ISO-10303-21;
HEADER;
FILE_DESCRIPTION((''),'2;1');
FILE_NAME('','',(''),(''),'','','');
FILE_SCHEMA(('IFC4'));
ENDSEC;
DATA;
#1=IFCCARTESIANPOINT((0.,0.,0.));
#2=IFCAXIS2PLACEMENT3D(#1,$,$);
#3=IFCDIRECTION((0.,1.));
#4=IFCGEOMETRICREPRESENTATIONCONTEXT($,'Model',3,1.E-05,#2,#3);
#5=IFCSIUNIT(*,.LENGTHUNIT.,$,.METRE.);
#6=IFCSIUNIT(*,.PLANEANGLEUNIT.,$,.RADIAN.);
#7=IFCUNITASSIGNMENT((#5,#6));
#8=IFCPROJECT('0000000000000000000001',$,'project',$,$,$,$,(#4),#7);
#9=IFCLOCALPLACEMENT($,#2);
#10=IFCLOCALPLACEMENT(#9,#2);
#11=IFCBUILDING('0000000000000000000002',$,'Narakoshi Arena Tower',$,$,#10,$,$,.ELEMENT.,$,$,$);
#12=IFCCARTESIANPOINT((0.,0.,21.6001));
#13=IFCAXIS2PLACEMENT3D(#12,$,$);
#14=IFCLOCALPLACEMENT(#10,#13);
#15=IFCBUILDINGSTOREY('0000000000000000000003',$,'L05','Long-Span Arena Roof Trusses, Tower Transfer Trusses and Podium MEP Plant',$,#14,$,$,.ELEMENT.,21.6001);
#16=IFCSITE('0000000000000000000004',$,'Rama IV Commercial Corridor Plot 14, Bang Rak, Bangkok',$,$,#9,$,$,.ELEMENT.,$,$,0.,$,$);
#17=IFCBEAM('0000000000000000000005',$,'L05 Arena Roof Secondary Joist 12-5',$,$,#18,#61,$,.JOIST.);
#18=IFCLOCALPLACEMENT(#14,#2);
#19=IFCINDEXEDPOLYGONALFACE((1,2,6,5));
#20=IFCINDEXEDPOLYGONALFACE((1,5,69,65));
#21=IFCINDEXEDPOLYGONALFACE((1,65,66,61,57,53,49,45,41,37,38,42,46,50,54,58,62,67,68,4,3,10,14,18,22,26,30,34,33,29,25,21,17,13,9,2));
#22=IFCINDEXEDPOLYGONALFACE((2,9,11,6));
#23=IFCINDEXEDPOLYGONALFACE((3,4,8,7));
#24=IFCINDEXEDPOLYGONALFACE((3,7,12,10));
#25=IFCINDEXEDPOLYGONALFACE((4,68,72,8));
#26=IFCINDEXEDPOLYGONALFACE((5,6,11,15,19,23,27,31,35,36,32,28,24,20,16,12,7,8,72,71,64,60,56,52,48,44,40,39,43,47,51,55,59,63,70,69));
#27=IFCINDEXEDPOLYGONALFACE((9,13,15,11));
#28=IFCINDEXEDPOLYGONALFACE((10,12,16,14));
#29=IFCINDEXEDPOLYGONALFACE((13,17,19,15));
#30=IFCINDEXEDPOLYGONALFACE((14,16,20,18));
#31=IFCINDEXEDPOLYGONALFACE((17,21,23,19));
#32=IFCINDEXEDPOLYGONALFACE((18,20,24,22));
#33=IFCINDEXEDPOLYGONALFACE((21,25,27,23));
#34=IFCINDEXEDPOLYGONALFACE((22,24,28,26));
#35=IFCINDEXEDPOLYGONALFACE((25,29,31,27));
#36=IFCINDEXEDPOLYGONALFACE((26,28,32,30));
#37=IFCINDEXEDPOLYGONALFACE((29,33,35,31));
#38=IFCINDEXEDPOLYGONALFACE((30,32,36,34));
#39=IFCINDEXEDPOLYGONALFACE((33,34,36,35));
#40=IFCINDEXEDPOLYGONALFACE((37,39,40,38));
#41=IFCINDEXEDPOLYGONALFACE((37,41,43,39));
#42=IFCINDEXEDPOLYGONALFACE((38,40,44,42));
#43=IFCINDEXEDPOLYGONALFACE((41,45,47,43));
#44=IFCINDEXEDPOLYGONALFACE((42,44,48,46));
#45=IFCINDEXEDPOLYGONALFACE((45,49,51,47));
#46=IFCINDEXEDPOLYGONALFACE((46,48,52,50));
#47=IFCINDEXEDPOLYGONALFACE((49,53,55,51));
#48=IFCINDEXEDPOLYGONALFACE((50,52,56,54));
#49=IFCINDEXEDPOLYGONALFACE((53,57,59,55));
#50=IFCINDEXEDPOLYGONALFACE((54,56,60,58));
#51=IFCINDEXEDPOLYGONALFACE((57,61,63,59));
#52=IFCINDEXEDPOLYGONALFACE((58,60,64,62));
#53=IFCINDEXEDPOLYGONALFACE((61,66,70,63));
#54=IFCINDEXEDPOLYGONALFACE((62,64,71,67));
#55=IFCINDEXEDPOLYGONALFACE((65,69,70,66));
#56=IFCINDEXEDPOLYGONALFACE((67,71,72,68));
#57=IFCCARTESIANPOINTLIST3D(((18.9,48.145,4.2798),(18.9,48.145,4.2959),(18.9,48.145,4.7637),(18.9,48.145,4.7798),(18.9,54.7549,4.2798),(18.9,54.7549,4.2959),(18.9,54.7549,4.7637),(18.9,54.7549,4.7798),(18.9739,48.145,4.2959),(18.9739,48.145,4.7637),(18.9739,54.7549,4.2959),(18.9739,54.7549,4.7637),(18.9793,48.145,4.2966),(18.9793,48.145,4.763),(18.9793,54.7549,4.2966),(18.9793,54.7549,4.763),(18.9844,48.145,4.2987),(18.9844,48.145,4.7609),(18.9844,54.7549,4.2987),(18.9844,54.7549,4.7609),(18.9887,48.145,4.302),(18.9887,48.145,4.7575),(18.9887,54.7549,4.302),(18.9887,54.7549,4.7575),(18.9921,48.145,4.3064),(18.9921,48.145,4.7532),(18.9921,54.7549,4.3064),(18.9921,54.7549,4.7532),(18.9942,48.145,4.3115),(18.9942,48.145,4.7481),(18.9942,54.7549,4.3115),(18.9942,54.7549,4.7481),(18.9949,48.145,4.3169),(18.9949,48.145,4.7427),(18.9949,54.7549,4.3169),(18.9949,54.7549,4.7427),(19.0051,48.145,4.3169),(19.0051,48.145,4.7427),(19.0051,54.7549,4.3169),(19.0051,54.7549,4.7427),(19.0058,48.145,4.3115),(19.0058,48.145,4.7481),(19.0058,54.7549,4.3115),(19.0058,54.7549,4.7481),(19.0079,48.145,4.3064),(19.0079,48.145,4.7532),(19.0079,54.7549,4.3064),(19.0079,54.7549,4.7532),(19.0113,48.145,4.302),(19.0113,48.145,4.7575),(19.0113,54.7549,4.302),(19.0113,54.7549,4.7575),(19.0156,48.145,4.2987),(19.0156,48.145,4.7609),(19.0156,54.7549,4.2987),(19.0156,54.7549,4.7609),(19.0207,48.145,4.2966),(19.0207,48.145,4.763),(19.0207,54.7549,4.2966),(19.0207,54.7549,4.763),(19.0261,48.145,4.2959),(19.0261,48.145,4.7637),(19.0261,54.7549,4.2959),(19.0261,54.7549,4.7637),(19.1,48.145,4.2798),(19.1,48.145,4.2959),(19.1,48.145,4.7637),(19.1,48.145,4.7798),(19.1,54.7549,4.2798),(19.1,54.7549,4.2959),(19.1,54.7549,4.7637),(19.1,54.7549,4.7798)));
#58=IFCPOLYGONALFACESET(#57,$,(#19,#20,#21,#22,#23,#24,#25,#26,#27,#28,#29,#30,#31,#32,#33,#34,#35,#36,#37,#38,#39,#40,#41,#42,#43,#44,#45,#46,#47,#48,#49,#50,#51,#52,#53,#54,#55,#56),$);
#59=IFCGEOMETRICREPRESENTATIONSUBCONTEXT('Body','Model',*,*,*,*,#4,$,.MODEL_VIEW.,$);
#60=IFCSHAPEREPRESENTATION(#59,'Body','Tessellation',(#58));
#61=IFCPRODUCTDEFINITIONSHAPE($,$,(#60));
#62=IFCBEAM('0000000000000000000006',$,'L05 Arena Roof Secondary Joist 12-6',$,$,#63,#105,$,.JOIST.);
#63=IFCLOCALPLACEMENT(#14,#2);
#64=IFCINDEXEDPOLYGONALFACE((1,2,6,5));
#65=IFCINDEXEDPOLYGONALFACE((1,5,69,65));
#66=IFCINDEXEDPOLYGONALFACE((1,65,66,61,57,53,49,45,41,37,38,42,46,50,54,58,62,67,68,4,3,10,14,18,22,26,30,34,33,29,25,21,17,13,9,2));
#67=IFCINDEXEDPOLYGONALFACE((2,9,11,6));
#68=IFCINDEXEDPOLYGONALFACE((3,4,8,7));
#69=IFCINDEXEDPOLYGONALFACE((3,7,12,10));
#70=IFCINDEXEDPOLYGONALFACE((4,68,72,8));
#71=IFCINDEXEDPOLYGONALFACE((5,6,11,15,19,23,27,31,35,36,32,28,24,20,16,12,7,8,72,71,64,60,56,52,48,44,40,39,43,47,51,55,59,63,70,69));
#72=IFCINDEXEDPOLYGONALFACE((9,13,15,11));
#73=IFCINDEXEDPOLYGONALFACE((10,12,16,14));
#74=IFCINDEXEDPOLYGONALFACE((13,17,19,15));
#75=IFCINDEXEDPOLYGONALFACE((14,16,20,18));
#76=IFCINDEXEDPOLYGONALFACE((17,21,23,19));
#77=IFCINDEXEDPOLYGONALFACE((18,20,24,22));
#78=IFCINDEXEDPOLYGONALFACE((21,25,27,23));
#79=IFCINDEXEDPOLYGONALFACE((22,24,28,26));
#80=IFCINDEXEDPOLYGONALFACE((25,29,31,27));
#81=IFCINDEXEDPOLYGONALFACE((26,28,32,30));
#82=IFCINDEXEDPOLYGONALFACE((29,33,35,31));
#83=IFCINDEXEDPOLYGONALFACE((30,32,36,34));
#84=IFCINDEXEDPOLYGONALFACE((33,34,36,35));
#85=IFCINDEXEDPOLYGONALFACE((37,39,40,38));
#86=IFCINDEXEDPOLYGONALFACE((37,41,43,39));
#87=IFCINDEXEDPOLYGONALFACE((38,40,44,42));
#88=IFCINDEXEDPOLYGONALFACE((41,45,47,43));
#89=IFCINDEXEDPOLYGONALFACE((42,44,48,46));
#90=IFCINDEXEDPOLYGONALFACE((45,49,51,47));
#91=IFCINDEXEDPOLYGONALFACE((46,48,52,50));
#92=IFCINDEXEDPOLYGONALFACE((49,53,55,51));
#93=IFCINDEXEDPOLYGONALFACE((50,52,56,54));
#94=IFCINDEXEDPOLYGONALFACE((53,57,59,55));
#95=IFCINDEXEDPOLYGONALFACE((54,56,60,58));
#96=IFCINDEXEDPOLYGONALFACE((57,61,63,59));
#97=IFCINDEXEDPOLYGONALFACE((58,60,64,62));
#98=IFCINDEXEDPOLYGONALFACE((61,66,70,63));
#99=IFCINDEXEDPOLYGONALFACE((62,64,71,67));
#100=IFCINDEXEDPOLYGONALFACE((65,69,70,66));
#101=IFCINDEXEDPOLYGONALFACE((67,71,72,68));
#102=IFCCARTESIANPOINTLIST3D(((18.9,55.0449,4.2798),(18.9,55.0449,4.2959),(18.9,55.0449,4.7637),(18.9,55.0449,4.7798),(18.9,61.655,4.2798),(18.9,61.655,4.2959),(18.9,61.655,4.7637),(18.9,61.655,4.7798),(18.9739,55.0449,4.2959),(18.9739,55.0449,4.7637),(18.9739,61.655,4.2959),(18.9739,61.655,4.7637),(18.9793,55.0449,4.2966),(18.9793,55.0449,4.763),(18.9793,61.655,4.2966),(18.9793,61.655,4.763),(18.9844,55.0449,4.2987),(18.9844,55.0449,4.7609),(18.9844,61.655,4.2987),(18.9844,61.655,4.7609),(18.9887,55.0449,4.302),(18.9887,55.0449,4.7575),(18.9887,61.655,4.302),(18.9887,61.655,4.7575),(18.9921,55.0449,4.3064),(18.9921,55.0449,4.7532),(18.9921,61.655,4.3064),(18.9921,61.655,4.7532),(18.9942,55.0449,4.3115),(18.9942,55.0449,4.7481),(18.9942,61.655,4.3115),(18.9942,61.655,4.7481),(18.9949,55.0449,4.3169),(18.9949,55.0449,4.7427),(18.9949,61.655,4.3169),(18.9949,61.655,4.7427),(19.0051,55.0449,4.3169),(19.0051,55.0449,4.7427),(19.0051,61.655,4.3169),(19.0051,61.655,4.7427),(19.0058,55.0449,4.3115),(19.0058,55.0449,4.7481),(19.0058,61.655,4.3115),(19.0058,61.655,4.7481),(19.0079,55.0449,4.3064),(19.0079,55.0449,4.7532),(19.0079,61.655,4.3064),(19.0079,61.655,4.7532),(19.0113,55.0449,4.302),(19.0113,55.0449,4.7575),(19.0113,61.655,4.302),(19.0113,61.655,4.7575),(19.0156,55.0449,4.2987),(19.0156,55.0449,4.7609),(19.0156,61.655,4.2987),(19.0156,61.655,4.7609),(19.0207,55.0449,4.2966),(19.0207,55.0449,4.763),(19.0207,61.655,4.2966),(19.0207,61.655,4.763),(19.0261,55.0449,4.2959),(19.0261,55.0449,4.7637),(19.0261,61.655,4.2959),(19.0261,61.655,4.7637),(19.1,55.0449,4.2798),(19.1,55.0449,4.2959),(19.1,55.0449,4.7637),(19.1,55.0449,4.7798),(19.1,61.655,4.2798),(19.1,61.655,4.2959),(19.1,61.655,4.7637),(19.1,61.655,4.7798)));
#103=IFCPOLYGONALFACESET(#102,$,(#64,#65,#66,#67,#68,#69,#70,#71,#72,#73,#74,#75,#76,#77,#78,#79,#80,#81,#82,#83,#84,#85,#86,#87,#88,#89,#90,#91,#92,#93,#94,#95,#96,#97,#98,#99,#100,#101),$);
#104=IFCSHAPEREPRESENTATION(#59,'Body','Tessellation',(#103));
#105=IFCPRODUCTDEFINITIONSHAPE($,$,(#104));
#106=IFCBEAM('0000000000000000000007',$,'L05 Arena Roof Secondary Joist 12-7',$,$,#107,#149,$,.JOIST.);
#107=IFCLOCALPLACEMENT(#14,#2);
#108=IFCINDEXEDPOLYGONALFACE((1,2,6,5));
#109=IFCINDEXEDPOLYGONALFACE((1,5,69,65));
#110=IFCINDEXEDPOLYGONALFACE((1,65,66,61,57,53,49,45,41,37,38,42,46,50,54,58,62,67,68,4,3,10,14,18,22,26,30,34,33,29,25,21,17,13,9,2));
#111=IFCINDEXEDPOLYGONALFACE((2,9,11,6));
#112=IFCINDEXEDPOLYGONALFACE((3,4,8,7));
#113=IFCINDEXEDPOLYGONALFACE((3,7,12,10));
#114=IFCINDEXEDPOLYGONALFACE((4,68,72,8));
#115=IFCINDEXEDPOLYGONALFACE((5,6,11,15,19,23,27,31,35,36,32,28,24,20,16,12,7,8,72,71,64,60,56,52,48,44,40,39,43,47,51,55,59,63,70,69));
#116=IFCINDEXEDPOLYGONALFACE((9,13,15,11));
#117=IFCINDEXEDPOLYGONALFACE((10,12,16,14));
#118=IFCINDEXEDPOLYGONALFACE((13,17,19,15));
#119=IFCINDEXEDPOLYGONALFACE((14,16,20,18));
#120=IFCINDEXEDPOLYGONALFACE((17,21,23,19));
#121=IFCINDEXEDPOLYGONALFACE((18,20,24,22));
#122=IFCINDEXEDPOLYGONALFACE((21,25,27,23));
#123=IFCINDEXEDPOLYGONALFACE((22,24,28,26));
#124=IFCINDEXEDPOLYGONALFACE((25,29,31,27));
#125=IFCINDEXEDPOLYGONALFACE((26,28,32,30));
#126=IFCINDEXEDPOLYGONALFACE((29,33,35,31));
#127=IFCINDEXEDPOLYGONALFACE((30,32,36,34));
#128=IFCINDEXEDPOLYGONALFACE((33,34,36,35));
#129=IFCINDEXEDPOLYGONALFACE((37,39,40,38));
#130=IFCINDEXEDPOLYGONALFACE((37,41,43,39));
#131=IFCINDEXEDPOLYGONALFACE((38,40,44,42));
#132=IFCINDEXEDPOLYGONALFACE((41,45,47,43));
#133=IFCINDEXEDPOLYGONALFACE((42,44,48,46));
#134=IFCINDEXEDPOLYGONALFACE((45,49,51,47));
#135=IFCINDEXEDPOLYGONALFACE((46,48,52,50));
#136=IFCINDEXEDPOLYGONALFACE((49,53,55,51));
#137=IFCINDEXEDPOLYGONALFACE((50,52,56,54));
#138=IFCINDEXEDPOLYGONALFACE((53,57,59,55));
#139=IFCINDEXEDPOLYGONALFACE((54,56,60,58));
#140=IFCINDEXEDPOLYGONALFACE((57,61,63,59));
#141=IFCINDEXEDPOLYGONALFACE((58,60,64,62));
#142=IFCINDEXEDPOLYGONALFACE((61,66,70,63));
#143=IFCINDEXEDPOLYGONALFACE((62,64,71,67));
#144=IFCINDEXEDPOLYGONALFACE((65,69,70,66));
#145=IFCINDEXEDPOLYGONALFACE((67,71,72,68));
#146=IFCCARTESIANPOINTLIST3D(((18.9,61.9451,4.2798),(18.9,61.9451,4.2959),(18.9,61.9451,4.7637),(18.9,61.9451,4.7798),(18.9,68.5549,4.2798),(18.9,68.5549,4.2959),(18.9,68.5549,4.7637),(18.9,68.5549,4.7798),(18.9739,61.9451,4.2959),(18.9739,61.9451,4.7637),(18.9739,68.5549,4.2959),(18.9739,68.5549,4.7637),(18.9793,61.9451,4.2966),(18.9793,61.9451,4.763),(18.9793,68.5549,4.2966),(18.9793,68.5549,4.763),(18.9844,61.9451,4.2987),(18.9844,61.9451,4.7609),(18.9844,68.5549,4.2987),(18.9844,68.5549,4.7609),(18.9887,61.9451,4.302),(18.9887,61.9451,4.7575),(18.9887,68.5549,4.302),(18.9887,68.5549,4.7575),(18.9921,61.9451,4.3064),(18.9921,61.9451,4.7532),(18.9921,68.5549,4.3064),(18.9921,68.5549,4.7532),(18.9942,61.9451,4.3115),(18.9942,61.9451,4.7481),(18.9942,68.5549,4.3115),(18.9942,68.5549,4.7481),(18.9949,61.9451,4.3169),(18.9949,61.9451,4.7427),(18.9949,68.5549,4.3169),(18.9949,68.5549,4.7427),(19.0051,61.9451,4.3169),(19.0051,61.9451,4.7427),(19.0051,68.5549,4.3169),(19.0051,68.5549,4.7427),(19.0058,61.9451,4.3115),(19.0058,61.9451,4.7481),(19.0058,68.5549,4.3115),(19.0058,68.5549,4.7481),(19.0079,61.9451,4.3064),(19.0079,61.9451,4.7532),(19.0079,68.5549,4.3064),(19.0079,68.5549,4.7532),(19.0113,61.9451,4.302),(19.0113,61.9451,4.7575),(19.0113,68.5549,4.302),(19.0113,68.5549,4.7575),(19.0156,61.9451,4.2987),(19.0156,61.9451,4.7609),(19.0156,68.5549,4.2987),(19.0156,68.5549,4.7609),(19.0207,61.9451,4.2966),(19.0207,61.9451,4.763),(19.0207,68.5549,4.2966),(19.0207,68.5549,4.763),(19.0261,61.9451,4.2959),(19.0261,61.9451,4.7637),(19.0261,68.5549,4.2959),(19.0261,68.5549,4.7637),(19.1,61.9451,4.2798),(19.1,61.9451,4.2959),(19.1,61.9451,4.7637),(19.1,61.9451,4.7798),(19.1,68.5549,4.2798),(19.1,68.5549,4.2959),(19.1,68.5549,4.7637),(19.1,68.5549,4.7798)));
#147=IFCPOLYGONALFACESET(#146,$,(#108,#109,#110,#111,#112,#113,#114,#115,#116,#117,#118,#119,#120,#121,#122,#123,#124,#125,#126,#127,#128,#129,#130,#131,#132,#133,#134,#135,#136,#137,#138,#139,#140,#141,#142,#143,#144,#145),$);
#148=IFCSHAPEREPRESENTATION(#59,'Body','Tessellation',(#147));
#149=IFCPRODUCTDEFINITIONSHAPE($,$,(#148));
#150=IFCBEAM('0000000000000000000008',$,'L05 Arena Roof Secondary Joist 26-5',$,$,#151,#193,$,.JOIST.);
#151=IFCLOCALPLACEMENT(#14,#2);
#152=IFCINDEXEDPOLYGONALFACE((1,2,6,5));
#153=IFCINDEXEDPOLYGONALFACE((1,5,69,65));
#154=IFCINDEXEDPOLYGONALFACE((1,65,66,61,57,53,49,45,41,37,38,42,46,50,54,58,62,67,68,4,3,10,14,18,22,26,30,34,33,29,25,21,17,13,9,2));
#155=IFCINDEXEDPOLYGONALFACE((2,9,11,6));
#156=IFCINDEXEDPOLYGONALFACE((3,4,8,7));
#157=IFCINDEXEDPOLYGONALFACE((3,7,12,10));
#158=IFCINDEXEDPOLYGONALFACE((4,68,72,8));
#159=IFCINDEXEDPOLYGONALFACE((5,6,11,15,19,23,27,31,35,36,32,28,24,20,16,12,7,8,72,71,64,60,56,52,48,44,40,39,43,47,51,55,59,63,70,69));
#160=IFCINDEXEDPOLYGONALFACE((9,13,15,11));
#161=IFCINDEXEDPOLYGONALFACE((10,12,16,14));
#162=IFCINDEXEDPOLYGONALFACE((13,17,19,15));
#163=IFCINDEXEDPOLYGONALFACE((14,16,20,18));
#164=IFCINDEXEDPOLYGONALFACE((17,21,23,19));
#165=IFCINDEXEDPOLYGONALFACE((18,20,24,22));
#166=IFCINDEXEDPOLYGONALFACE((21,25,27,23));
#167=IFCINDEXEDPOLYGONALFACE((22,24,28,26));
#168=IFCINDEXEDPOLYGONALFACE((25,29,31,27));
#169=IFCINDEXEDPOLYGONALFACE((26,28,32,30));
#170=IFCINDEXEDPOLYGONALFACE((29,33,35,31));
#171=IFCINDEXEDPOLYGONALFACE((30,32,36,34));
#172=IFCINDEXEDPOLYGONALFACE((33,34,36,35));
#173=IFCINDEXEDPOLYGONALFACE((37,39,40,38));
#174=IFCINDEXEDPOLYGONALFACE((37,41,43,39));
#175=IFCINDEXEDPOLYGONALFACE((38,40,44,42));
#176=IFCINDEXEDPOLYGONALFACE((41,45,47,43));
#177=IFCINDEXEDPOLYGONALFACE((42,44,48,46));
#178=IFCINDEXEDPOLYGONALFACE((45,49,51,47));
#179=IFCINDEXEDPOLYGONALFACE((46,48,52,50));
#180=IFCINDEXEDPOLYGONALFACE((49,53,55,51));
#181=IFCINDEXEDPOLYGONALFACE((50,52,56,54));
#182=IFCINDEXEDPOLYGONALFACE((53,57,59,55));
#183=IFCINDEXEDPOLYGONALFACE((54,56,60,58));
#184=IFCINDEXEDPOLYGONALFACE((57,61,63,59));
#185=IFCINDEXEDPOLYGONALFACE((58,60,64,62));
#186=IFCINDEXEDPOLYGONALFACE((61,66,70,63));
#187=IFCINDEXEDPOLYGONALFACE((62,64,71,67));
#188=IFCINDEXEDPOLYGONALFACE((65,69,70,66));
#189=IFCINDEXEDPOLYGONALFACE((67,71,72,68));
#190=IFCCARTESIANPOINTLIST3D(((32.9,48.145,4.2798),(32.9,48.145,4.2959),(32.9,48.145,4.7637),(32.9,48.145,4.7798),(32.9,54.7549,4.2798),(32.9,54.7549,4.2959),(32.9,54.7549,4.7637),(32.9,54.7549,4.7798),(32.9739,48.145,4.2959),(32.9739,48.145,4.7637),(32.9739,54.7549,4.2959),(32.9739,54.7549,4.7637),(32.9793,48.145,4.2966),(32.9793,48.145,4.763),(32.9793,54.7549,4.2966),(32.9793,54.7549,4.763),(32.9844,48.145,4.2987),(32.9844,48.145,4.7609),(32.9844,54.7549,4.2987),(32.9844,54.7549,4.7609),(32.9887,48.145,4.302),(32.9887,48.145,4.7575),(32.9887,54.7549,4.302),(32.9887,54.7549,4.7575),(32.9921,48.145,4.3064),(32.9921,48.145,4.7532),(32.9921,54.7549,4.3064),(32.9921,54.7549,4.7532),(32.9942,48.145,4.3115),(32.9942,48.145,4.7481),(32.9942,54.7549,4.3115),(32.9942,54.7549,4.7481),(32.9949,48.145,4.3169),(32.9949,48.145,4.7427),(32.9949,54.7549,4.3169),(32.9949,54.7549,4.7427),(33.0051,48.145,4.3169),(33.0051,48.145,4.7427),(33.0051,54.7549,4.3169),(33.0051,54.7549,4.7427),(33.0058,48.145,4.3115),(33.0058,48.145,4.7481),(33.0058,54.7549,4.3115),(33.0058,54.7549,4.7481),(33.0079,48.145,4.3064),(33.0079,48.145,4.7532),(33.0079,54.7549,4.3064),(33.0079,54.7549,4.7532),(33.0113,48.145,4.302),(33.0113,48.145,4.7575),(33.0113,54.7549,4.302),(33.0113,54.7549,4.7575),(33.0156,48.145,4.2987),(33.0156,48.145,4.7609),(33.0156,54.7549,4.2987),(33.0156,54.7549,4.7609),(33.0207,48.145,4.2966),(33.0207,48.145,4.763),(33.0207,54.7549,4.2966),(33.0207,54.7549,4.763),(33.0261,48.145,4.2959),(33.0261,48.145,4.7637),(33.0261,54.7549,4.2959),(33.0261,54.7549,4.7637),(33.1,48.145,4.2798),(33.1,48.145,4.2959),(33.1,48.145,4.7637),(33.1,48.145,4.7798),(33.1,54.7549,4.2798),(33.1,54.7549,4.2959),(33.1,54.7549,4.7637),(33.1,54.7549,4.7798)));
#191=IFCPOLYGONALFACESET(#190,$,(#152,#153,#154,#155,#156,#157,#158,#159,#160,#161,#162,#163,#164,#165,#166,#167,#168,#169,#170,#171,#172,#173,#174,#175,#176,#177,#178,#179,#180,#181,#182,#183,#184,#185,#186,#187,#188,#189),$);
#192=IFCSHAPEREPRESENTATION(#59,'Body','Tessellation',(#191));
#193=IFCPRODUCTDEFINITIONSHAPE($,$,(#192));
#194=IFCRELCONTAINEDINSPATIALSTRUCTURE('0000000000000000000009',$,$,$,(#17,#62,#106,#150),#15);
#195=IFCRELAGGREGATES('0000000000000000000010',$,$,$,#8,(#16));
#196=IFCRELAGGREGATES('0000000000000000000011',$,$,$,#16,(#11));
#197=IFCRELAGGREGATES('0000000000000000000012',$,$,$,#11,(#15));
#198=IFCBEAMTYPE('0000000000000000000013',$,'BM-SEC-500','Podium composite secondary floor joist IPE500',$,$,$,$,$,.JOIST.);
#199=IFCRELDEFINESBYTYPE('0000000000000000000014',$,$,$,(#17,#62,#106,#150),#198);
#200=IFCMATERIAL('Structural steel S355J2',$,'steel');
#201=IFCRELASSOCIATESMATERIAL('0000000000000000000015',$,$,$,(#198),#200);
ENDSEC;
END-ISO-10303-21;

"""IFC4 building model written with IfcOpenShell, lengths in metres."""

from ifc_helpers import new_model, si_unit, direction, frame, origin, origin_2d, place, context, subcontext, project, spatial, i_section, extrude, material, material_profile, profile_set, type_object, element, save


model = new_model("IFC4")

# Units and contexts
model_context = context("Model", 3, precision=1e-05, world=origin(), true_north=direction((0.0, 1.0)))
body_context = subcontext(model_context, "Body", "Model", "MODEL_VIEW")
ifc_project = project(units=[si_unit("LENGTHUNIT", "METRE"), si_unit("PLANEANGLEUNIT", "RADIAN")], contexts=[model_context])

# Site, building, storey
site_placement = place(None, origin())
site = spatial("IfcSite", under=ifc_project, at=site_placement, Name="Rama IV Commercial Corridor Plot 14, Bang Rak, Bangkok", CompositionType="ELEMENT", RefElevation=0.0)
building_placement = place(site_placement, origin())
building = spatial("IfcBuilding", under=site, at=building_placement, Name="Narakoshi Arena Tower", CompositionType="ELEMENT")
storey_placement = place(building_placement, frame((0.0, 0.0, 21.6001)))
storey = spatial("IfcBuildingStorey", under=building, at=storey_placement, Name="L05", Description="Long-Span Arena Roof Trusses, Tower Transfer Trusses and Podium MEP Plant", CompositionType="ELEMENT", Elevation=21.6001)

# Beams
ifc_material_1 = material(Name="Structural steel S355J2", Category="steel")
ifc_material_profile_1 = material_profile(ifc_material_1, i_section(OverallWidth=0.2, OverallDepth=0.5, WebThickness=0.0103, FlangeThickness=0.0161, FilletRadius=0.021, at=origin_2d()), Name="IPE500")
ifc_profile_set_1 = profile_set([ifc_material_profile_1], Name="Structural steel S355J2")
beam_type_1 = type_object("IfcBeamType", Name="BM-SEC-500", Description="Podium composite secondary floor joist IPE500", PredefinedType="JOIST", material=ifc_profile_set_1)
beam_1_placement = place(storey_placement, frame((19.0, 48.145, 4.5298), z_axis=(0.0, 1.0, 0.0), x_axis=(-1.0, 0.0, 0.0)))
element("IfcBeam", 1, at=beam_1_placement, inside=storey, type_object=beam_type_1, Name="L05 Arena Roof Secondary Joist 12-5", PredefinedType="JOIST", context=body_context, shape_type="SweptSolid", body=[
    extrude(i_section(OverallWidth=0.2, OverallDepth=0.5, WebThickness=0.0103, FlangeThickness=0.0161, FilletRadius=0.021, at=origin_2d()), origin(), (0.0, 0.0, 1.0), 6.6099),
])
beam_2_placement = place(storey_placement, frame((19.0, 55.0449, 4.5298), z_axis=(0.0, 1.0, 0.0), x_axis=(-1.0, 0.0, 0.0)))
element("IfcBeam", 2, at=beam_2_placement, inside=storey, type_object=beam_type_1, Name="L05 Arena Roof Secondary Joist 12-6", PredefinedType="JOIST", context=body_context, shape_type="SweptSolid", body=[
    extrude(i_section(OverallWidth=0.2, OverallDepth=0.5, WebThickness=0.0103, FlangeThickness=0.0161, FilletRadius=0.021, at=origin_2d()), origin(), (0.0, 0.0, 1.0), 6.6101),
])
for number, where, z_axis, x_axis, name in (
    (3, (19.0, 61.9451, 4.5298), (0.0, 1.0, 0.0), (-1.0, 0.0, 0.0), "L05 Arena Roof Secondary Joist 12-7"),
    (4, (33.0, 48.145, 4.5298), (0.0, 1.0, 0.0), (-1.0, 0.0, 0.0), "L05 Arena Roof Secondary Joist 26-5"),
):
    element("IfcBeam", number, at=place(storey_placement, frame(where, z_axis=z_axis, x_axis=x_axis)), inside=storey, type_object=beam_type_1, Name=name, PredefinedType="JOIST", context=body_context, shape_type="SweptSolid", body=[
        extrude(i_section(OverallWidth=0.2, OverallDepth=0.5, WebThickness=0.0103, FlangeThickness=0.0161, FilletRadius=0.021, at=origin_2d()), origin(), (0.0, 0.0, 1.0), 6.6099),
    ])

save(model, "model.ifc")
